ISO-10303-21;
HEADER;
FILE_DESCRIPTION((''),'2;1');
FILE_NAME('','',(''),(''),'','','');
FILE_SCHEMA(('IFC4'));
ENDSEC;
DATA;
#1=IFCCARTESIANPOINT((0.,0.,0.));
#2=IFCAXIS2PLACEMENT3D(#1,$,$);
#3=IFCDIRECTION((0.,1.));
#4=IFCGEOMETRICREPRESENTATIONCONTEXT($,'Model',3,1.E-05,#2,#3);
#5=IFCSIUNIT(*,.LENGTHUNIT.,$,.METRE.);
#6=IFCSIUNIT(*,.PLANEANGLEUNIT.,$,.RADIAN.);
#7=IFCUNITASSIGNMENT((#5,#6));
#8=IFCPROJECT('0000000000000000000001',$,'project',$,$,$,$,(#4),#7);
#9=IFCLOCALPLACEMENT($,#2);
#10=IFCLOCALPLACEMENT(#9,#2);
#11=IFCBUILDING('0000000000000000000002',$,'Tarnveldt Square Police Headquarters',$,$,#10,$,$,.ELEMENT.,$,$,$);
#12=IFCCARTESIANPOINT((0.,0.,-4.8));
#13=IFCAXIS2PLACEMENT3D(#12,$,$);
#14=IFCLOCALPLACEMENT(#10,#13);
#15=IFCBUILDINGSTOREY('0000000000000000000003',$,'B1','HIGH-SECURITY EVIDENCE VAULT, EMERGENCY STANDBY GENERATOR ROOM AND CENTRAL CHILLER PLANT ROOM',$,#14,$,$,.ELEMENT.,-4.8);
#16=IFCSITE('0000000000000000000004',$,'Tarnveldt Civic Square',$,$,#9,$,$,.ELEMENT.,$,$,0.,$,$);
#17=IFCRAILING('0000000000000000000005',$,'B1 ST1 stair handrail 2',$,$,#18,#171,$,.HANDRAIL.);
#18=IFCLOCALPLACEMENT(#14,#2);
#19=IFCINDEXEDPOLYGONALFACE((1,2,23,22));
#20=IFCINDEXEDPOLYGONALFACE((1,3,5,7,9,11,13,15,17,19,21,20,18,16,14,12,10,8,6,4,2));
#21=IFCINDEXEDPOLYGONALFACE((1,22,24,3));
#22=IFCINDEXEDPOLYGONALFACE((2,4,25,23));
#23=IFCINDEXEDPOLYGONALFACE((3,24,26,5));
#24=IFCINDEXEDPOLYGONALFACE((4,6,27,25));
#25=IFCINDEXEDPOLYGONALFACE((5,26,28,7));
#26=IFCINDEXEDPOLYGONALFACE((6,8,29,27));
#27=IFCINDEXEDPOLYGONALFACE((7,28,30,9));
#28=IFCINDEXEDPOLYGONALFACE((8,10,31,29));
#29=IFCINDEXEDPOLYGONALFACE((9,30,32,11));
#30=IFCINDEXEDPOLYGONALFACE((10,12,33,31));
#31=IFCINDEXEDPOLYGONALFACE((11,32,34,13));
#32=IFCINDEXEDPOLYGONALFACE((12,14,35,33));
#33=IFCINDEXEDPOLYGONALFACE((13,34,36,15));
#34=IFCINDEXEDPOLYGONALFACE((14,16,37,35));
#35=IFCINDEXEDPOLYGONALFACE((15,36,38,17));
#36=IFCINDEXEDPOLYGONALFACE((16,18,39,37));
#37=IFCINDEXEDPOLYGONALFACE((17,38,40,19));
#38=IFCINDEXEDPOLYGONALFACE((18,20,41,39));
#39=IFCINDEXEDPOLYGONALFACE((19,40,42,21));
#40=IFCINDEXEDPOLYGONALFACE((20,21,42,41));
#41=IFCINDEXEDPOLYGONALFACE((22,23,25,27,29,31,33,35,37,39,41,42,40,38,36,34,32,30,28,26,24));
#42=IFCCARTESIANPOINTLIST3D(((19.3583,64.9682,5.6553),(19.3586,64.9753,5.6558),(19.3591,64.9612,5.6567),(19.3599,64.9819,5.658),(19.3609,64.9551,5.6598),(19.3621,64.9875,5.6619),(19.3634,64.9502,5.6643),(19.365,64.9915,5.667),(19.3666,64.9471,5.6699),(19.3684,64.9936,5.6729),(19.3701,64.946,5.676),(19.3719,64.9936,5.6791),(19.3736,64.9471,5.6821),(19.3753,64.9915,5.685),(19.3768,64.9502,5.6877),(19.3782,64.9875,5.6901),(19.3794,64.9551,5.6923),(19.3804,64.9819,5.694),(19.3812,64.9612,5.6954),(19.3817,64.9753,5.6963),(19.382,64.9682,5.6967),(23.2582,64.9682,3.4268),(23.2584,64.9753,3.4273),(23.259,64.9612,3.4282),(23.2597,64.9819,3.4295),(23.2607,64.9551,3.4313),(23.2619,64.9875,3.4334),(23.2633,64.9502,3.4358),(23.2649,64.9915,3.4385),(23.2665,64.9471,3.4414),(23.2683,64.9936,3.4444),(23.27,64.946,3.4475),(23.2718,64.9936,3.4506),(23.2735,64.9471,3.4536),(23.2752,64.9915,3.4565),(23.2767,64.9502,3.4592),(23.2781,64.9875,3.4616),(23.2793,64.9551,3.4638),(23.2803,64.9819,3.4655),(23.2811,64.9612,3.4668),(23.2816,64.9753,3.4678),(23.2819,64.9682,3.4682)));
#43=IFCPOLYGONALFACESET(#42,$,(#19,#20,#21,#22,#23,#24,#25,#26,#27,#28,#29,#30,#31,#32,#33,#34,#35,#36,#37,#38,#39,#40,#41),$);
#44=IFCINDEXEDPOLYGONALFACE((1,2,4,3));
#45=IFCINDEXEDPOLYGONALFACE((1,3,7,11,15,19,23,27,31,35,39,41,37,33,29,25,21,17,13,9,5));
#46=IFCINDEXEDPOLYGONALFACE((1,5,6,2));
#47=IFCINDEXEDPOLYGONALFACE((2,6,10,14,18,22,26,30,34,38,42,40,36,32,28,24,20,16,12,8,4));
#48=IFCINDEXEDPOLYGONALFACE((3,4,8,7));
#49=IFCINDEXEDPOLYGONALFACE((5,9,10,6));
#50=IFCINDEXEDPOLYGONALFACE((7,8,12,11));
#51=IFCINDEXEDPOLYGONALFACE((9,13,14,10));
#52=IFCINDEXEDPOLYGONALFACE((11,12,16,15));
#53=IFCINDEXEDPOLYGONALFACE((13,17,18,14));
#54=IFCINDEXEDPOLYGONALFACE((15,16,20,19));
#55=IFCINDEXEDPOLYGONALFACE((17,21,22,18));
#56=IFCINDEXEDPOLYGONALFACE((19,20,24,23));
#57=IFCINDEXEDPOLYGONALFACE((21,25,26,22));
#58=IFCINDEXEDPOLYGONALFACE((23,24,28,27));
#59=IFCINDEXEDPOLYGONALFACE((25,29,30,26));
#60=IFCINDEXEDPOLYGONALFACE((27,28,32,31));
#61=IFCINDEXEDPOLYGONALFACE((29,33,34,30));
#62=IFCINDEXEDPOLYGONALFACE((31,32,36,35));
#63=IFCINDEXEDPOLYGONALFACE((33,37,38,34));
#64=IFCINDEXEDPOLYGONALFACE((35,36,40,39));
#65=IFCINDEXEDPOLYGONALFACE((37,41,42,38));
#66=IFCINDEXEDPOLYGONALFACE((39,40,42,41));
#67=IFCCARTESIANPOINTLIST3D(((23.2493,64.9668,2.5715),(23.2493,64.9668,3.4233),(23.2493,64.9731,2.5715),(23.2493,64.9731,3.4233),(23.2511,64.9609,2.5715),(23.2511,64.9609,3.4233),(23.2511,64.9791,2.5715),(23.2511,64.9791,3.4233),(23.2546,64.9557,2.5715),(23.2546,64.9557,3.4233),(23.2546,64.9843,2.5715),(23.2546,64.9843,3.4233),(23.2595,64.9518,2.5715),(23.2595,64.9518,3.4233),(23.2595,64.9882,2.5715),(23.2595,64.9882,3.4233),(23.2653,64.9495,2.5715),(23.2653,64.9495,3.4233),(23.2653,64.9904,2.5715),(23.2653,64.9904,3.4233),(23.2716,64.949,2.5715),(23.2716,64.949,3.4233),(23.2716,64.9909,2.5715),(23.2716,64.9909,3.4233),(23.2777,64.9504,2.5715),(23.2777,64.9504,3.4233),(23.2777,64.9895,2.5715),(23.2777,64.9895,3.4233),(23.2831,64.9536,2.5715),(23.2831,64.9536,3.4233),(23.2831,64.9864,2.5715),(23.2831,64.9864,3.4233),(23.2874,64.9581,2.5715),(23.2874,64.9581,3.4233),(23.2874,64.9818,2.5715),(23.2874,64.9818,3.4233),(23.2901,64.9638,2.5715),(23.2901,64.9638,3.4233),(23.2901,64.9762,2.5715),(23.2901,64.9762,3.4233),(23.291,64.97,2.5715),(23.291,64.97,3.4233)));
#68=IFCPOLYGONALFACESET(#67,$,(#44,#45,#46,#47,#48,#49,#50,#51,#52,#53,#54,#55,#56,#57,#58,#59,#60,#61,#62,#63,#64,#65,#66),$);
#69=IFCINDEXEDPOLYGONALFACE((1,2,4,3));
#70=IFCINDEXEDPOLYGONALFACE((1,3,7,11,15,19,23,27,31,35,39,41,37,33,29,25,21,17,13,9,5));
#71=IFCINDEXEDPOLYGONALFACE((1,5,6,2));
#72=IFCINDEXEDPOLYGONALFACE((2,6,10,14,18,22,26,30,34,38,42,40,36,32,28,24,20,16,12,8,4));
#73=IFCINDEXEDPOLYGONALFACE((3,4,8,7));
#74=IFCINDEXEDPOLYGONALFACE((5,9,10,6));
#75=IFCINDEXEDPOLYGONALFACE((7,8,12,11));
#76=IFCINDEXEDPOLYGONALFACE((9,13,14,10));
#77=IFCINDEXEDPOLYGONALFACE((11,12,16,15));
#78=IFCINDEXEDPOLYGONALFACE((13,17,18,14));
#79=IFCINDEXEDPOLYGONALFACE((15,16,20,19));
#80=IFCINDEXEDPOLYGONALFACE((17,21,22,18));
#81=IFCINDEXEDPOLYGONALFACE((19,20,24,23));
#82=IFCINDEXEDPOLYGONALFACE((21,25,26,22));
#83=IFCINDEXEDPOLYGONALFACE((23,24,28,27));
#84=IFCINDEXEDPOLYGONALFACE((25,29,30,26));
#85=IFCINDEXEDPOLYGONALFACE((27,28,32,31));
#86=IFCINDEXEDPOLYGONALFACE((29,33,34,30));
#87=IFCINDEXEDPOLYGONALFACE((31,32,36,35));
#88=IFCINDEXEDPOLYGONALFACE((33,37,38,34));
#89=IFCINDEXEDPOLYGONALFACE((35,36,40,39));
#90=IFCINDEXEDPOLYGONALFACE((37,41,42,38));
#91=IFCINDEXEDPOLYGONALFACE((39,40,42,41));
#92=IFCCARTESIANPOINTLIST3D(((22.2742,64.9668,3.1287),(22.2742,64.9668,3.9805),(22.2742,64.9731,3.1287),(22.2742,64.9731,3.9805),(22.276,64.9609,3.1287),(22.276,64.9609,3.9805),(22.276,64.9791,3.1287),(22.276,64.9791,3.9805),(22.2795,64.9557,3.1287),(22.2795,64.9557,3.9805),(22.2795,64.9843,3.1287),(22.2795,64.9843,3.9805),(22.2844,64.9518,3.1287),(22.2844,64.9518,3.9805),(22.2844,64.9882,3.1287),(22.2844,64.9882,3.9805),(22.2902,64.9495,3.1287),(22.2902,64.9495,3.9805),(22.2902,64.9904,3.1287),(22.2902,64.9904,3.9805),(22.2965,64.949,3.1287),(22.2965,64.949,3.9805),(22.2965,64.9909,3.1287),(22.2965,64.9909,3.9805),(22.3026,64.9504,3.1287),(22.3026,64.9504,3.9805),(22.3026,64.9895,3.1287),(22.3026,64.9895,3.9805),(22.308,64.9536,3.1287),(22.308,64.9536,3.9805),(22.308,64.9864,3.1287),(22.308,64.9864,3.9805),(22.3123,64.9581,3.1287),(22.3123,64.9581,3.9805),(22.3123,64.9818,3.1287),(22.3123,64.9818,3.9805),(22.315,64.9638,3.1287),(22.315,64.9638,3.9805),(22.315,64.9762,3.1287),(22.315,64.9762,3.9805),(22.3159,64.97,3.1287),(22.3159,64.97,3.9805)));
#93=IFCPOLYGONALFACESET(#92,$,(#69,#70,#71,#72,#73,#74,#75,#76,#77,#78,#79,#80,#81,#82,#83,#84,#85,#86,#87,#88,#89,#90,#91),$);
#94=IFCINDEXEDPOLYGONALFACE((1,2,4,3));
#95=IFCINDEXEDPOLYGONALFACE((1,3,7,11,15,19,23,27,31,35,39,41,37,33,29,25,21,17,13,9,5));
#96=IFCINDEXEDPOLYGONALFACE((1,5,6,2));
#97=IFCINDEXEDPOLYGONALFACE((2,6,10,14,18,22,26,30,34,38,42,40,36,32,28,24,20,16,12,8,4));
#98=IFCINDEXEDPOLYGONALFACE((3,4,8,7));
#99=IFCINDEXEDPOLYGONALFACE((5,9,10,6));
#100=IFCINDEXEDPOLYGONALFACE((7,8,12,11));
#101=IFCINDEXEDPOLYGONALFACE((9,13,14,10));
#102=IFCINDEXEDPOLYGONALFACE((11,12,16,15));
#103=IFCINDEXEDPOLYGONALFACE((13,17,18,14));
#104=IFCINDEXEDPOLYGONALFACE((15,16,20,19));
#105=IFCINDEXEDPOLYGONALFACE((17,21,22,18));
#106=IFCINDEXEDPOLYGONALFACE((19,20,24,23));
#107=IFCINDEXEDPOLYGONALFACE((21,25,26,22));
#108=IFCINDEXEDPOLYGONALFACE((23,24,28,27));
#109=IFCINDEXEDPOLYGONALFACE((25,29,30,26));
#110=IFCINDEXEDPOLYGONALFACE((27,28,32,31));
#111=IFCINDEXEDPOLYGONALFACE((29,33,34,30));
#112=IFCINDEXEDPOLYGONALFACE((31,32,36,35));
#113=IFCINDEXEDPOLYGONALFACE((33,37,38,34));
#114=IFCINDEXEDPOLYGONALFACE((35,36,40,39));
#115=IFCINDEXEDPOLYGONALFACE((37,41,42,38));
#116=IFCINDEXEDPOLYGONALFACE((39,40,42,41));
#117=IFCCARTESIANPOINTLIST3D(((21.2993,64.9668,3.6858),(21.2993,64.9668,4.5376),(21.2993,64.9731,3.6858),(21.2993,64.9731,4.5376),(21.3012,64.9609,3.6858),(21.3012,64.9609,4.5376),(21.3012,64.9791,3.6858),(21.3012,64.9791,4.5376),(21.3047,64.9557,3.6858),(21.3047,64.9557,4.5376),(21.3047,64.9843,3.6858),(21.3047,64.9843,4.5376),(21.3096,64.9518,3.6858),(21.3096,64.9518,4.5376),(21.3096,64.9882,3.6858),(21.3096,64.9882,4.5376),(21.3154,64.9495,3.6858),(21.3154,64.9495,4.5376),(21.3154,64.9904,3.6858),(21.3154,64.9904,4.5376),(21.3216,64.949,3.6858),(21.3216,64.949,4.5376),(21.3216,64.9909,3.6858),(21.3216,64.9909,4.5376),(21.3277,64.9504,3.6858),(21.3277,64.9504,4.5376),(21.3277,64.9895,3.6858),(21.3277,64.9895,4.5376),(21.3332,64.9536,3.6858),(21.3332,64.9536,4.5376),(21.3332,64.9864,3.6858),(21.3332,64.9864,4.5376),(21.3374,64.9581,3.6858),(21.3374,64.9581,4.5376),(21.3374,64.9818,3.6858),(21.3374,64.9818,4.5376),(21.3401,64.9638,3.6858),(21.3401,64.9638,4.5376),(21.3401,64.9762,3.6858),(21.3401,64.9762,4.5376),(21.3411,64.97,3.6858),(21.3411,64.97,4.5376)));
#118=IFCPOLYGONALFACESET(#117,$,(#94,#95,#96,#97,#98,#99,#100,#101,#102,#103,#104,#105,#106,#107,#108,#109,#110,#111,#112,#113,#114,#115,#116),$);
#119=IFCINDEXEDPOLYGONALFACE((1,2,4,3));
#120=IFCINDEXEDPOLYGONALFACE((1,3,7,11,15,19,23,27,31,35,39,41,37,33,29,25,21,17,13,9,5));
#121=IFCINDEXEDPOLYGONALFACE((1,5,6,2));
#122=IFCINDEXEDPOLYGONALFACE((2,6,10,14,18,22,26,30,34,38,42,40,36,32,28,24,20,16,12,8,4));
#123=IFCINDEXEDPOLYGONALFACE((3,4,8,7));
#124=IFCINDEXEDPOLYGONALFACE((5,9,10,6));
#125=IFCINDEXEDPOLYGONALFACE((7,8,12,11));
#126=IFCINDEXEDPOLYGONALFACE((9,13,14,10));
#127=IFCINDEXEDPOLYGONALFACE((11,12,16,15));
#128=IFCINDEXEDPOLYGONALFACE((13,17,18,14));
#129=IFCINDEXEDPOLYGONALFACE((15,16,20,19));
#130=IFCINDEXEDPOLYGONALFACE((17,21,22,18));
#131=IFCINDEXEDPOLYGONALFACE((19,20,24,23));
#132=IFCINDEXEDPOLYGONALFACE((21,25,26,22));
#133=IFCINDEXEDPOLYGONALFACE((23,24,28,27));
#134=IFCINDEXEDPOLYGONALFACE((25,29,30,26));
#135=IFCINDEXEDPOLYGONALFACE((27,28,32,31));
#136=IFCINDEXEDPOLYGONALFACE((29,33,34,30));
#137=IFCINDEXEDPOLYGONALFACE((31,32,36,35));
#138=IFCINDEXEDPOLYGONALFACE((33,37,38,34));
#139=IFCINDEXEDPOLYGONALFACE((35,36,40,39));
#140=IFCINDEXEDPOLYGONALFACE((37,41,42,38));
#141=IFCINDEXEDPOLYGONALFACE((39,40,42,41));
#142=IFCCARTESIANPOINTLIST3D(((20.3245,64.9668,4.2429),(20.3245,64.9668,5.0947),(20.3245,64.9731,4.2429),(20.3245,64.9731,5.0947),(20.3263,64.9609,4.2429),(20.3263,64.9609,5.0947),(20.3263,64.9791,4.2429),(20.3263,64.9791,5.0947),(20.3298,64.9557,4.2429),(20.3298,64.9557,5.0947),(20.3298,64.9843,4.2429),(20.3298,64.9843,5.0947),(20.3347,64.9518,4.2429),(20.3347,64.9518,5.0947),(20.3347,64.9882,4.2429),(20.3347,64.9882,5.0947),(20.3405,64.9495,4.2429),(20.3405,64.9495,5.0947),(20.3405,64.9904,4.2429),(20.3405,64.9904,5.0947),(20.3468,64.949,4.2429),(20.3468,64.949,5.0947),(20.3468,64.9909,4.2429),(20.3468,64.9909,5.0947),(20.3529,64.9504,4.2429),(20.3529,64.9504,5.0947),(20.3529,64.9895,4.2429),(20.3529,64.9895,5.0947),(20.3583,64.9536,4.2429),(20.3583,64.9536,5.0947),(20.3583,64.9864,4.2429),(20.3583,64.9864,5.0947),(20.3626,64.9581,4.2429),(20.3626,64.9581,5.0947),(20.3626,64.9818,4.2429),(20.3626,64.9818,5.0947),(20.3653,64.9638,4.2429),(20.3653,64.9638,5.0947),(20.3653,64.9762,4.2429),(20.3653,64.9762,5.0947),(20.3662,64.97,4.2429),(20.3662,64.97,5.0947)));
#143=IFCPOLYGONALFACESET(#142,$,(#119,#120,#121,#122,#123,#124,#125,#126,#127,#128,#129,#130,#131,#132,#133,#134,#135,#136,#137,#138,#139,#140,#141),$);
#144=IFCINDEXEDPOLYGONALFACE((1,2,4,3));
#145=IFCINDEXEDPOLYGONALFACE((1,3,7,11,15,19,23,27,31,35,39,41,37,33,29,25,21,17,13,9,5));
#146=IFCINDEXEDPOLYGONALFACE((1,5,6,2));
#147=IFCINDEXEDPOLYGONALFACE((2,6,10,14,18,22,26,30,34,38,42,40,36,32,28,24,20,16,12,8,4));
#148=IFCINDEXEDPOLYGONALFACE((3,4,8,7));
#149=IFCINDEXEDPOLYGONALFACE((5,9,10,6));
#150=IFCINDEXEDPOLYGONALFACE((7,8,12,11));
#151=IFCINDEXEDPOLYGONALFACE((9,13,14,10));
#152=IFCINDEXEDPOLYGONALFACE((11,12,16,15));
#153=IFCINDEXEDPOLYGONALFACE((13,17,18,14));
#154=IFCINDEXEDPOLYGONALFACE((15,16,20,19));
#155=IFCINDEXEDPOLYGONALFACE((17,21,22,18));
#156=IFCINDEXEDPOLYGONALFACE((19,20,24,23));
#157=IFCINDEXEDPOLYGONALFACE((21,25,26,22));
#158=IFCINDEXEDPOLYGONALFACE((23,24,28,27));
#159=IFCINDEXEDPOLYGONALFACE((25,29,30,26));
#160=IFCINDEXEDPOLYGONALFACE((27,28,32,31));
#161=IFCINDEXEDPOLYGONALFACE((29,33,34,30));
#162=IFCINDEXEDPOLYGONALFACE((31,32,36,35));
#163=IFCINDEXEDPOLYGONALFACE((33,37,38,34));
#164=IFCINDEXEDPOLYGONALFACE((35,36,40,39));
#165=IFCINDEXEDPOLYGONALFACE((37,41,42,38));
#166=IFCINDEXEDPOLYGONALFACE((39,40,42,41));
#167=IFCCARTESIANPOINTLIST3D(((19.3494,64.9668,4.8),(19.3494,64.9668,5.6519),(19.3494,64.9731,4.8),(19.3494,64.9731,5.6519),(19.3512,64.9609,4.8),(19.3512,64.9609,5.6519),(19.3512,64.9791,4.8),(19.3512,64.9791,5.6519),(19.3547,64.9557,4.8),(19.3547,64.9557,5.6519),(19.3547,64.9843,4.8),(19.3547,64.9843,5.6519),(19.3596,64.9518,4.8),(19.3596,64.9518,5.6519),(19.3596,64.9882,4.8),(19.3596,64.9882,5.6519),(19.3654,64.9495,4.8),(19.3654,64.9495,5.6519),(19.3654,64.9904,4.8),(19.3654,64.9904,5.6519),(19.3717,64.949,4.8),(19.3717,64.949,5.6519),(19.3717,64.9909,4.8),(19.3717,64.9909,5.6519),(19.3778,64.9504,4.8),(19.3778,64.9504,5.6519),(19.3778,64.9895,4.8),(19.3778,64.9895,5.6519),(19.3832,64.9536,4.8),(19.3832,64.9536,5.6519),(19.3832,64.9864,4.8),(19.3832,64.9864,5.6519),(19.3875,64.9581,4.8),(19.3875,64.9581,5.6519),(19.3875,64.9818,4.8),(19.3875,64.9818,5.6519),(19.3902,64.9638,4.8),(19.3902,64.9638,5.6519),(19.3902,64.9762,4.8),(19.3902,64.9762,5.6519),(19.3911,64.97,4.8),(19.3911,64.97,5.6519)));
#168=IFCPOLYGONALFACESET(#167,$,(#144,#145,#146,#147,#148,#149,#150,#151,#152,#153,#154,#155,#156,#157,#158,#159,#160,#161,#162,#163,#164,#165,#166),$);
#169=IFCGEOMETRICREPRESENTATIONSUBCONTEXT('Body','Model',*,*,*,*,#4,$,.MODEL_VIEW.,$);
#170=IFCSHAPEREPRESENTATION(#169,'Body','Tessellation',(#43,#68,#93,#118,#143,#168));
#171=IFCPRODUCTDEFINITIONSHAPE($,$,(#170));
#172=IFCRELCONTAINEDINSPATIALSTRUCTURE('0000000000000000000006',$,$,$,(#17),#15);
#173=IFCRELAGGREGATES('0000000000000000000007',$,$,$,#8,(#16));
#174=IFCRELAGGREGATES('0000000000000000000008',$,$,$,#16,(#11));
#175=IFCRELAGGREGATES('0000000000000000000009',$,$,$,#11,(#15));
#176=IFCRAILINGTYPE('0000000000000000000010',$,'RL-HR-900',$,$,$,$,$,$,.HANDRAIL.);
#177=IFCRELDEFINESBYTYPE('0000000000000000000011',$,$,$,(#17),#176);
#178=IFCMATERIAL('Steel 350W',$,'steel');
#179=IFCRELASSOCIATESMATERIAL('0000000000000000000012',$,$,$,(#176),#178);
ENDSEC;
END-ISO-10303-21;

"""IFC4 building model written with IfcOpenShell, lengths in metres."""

from ifc_helpers import new_model, si_unit, direction, frame, origin, origin_2d, place, context, subcontext, project, spatial, circle, extrude, material, type_object, element, save


model = new_model("IFC4")

# Units and contexts
model_context = context("Model", 3, precision=1e-05, world=origin(), true_north=direction((0.0, 1.0)))
body_context = subcontext(model_context, "Body", "Model", "MODEL_VIEW")
ifc_project = project(units=[si_unit("LENGTHUNIT", "METRE"), si_unit("PLANEANGLEUNIT", "RADIAN")], contexts=[model_context])

# Site, building, storey
site_placement = place(None, origin())
site = spatial("IfcSite", under=ifc_project, at=site_placement, Name="Tarnveldt Civic Square", CompositionType="ELEMENT", RefElevation=0.0)
building_placement = place(site_placement, origin())
building = spatial("IfcBuilding", under=site, at=building_placement, Name="Tarnveldt Square Police Headquarters", CompositionType="ELEMENT")
storey_placement = place(building_placement, frame((0.0, 0.0, -4.8)))
storey = spatial("IfcBuildingStorey", under=building, at=storey_placement, Name="B1", Description="HIGH-SECURITY EVIDENCE VAULT, EMERGENCY STANDBY GENERATOR ROOM AND CENTRAL CHILLER PLANT ROOM", CompositionType="ELEMENT", Elevation=-4.8)

# Railing
ifc_material_1 = material(Name="Steel 350W", Category="steel")
railing_type_1 = type_object("IfcRailingType", Name="RL-HR-900", PredefinedType="HANDRAIL", material=ifc_material_1)
railing_1_placement = place(storey_placement, frame((23.27, 64.97, 2.5715)))
element("IfcRailing", 1, at=railing_1_placement, inside=storey, type_object=railing_type_1, Name="B1 ST1 stair handrail 2", PredefinedType="HANDRAIL", context=body_context, shape_type="SweptSolid", body=[
    extrude(circle(Radius=0.0239, at=origin_2d()), frame((0.0, 0.0, 0.876), z_axis=(-0.868243, 0.0, 0.496139), x_axis=(0.0, -1.0, 0.0)), (0.0, 0.0, 1.0), 4.4917),
    extrude(circle(Radius=0.021, at=origin_2d()), origin(), (0.0, 0.0, 1.0), 0.8518),
    extrude(circle(Radius=0.021, at=origin_2d()), frame((-0.9751, 0.0, 0.5571)), (0.0, 0.0, 1.0), 0.8518),
    extrude(circle(Radius=0.021, at=origin_2d()), frame((-1.95, 0.0, 1.1143)), (0.0, 0.0, 1.0), 0.8518),
    extrude(circle(Radius=0.021, at=origin_2d()), frame((-2.9248, 0.0, 1.6714)), (0.0, 0.0, 1.0), 0.8518),
    extrude(circle(Radius=0.021, at=origin_2d()), frame((-3.8999, 0.0, 2.2285)), (0.0, 0.0, 1.0), 0.8518),
])

save(model, "model.ifc")
